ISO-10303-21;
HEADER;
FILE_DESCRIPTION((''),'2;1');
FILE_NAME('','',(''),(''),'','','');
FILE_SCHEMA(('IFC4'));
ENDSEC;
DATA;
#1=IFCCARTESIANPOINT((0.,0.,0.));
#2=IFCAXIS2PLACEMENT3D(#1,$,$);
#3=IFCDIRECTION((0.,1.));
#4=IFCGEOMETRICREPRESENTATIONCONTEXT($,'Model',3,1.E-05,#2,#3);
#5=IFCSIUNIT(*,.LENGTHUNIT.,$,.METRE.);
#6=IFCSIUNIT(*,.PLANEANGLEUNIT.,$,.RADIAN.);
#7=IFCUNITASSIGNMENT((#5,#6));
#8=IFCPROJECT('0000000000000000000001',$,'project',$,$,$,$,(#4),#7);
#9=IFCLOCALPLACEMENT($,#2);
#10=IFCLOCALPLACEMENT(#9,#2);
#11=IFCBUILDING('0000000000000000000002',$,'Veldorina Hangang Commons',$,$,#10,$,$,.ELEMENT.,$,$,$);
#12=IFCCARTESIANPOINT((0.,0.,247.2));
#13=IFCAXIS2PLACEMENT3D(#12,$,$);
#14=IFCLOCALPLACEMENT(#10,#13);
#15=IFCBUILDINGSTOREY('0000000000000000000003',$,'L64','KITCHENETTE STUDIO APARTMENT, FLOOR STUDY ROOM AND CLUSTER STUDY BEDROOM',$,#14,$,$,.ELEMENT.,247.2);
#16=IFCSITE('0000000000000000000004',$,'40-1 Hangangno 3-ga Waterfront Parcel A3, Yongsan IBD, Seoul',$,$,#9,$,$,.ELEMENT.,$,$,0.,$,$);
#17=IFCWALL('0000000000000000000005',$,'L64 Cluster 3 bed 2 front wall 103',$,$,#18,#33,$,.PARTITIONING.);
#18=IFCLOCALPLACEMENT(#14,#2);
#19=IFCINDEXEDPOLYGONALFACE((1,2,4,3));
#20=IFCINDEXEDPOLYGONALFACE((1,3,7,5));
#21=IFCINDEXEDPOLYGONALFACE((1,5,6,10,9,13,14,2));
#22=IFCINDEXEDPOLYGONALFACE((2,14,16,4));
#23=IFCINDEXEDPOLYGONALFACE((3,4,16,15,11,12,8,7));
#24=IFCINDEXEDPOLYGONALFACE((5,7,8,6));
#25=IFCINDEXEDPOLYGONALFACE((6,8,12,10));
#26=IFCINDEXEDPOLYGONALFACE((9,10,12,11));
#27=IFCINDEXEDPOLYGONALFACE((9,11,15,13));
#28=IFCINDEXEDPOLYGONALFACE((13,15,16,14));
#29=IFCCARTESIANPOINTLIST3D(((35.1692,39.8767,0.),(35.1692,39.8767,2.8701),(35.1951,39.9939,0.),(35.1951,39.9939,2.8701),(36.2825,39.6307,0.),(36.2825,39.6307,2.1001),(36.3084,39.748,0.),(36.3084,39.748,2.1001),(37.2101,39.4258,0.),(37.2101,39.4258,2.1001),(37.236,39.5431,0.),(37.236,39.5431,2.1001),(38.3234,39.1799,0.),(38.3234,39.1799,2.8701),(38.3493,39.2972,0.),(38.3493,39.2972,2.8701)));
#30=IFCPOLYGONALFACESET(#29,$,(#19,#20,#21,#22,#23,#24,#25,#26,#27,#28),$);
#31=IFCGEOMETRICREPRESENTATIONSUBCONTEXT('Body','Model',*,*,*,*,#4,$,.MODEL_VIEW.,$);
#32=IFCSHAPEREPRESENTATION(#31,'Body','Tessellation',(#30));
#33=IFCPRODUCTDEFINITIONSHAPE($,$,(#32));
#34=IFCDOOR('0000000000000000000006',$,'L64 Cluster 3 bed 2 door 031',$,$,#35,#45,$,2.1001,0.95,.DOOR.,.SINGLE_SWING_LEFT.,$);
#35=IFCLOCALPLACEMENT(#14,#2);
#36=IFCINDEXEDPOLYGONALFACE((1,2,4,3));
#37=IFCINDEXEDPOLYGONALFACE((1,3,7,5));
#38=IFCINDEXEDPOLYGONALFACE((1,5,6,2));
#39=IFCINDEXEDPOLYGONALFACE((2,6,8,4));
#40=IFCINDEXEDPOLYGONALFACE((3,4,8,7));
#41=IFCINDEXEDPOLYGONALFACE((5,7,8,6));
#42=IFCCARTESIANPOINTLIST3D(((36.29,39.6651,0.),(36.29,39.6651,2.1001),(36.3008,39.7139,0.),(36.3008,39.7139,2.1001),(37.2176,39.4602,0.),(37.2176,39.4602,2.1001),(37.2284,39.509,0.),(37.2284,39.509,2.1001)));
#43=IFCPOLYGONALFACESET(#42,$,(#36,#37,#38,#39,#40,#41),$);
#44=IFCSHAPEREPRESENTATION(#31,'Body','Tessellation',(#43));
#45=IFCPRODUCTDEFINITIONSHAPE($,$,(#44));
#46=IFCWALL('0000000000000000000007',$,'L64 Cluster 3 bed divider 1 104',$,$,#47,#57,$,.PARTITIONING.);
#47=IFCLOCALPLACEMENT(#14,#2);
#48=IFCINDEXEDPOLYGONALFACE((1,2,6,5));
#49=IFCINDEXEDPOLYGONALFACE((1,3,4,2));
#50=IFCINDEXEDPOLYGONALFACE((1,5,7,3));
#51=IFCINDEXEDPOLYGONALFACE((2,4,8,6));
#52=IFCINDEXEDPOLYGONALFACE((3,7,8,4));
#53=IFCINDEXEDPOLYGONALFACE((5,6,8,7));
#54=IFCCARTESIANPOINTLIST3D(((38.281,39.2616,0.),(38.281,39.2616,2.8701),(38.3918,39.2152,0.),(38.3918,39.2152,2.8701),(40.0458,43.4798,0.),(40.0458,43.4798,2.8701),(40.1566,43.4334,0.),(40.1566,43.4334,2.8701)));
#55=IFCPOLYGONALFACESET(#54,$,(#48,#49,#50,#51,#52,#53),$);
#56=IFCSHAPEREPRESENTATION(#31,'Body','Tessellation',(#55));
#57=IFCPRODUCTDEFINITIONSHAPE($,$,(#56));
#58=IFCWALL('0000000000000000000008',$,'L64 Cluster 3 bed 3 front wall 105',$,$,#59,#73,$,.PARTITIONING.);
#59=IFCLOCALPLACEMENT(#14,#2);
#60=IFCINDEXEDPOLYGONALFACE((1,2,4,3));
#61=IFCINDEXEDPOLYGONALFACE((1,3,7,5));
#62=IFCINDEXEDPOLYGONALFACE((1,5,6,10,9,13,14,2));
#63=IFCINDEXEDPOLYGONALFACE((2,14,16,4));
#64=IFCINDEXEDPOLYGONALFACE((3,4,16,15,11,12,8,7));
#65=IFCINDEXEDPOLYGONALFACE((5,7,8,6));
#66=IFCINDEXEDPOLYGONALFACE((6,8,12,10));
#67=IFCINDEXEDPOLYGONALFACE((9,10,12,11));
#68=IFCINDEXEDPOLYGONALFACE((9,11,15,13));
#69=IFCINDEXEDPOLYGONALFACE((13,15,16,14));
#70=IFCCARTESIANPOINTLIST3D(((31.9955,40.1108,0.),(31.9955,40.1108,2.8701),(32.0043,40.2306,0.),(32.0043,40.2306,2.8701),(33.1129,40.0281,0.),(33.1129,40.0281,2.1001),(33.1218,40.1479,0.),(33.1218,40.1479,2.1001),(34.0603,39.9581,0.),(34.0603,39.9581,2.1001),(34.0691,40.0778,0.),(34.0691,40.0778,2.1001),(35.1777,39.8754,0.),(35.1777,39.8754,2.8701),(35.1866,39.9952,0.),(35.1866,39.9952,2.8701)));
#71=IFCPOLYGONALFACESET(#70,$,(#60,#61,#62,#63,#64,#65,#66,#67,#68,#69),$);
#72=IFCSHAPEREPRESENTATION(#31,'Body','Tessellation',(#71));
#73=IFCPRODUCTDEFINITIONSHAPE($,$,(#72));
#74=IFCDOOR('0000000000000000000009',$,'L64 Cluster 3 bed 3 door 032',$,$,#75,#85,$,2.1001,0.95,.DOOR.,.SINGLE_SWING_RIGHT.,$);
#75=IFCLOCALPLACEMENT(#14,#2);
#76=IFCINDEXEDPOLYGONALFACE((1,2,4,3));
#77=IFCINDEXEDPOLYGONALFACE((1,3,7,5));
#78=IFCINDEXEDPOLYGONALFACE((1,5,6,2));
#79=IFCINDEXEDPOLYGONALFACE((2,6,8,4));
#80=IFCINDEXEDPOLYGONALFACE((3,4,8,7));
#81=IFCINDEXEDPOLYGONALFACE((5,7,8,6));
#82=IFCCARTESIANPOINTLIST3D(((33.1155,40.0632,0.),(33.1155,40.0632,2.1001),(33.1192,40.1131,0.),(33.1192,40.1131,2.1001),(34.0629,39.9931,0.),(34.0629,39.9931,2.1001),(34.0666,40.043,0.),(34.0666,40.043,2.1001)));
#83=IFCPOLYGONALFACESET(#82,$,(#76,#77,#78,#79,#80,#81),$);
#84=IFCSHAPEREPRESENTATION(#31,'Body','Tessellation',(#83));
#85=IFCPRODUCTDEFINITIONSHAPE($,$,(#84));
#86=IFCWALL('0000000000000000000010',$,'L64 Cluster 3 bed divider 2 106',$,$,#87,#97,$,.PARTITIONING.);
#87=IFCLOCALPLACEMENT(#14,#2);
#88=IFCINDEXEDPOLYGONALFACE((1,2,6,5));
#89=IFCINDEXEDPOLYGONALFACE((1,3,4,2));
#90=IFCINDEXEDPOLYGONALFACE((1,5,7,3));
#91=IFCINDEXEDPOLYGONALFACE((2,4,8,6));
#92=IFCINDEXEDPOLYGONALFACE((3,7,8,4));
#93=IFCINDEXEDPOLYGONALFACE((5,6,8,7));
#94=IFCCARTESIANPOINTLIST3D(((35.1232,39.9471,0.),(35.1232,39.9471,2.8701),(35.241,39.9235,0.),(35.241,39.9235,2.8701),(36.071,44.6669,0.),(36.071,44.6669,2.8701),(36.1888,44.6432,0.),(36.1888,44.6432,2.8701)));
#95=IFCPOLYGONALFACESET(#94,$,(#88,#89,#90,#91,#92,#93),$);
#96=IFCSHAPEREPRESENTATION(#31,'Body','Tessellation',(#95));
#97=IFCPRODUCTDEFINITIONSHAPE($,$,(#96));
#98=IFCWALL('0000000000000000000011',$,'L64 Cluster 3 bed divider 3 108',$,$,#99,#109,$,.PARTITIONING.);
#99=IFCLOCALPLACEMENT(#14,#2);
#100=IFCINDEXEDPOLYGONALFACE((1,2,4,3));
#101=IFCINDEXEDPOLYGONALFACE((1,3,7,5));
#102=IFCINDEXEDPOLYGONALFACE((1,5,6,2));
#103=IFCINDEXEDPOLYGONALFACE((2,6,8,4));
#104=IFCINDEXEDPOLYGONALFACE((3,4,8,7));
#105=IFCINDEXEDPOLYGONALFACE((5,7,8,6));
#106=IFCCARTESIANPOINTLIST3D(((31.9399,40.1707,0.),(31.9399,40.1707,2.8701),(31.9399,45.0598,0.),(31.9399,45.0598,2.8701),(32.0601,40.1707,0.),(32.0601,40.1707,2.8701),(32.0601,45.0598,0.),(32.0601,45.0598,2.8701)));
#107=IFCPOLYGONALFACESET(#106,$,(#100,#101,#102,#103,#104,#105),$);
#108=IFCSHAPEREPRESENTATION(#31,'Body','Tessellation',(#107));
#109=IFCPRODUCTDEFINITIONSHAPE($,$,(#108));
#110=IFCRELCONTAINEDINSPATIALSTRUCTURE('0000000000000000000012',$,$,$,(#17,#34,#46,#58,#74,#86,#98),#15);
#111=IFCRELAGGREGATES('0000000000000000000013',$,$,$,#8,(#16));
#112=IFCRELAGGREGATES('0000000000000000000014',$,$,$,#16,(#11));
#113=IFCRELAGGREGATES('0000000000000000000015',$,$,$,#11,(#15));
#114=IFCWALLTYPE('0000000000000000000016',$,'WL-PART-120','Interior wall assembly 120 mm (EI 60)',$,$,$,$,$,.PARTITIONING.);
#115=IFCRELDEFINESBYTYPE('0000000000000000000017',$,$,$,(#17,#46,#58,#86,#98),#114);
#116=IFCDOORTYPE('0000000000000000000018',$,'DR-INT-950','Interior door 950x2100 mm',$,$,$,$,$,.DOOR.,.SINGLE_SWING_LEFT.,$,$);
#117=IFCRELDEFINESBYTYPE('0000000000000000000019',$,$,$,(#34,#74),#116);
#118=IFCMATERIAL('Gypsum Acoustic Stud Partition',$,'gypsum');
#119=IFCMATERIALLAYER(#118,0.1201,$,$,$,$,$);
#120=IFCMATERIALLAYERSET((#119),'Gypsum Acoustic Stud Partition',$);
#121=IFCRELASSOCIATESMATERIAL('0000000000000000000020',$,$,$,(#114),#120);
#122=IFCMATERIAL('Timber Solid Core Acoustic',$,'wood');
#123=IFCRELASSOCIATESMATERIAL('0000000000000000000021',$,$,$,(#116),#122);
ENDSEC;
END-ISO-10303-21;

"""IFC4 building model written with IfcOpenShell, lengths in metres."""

from ifc_helpers import new_model, si_unit, direction, frame, frame_2d, origin, place, context, subcontext, project, spatial, rectangle, extrude, material, layer, layer_set, type_object, element, fill, save


model = new_model("IFC4")

# Units and contexts
model_context = context("Model", 3, precision=1e-05, world=origin(), true_north=direction((0.0, 1.0)))
body_context = subcontext(model_context, "Body", "Model", "MODEL_VIEW")
ifc_project = project(units=[si_unit("LENGTHUNIT", "METRE"), si_unit("PLANEANGLEUNIT", "RADIAN")], contexts=[model_context])

# Site, building, storey
site_placement = place(None, origin())
site = spatial("IfcSite", under=ifc_project, at=site_placement, Name="40-1 Hangangno 3-ga Waterfront Parcel A3, Yongsan IBD, Seoul", CompositionType="ELEMENT", RefElevation=0.0)
building_placement = place(site_placement, origin())
building = spatial("IfcBuilding", under=site, at=building_placement, Name="Veldorina Hangang Commons", CompositionType="ELEMENT")
storey_placement = place(building_placement, frame((0.0, 0.0, 247.2)))
storey = spatial("IfcBuildingStorey", under=building, at=storey_placement, Name="L64", Description="KITCHENETTE STUDIO APARTMENT, FLOOR STUDY ROOM AND CLUSTER STUDY BEDROOM", CompositionType="ELEMENT", Elevation=247.2)

# Shared definitions
ifc_material_1 = material(Name="Gypsum Acoustic Stud Partition", Category="gypsum")
ifc_layer_1 = layer(ifc_material_1, 0.1201)
ifc_layer_set_1 = layer_set([ifc_layer_1], Name="Gypsum Acoustic Stud Partition")
wall_type_1 = type_object("IfcWallType", Name="WL-PART-120", Description="Interior wall assembly 120 mm (EI 60)", PredefinedType="PARTITIONING", material=ifc_layer_set_1)

# Wall, opening, door
ifc_material_2 = material(Name="Timber Solid Core Acoustic", Category="wood")
door_type_1 = type_object("IfcDoorType", Name="DR-INT-950", Description="Interior door 950x2100 mm", OperationType="SINGLE_SWING_LEFT", PredefinedType="DOOR", material=ifc_material_2)
wall_1_placement = place(storey_placement, frame((38.3364, 39.2385, 0.0), z_axis=(0.0, 0.0, 1.0), x_axis=(-0.97646, 0.215698, 0.0)))
wall_1 = element("IfcWall", 1, at=wall_1_placement, inside=storey, type_object=wall_type_1, Name="L64 Cluster 3 bed 2 front wall 103", PredefinedType="PARTITIONING", context=body_context, shape_type="SweptSolid", body=[
    extrude(rectangle(XDim=3.2302, YDim=0.1201, at=frame_2d((1.6152, 0.0))), origin(), (0.0, 0.0, 1.0), 2.8701),
])
opening_1_placement = place(wall_1_placement, frame((1.1401, 0.0, 0.0)))
opening_1 = element("IfcOpeningElement", 2, at=opening_1_placement, cuts=wall_1, PredefinedType="OPENING", context=body_context, shape_type="SweptSolid", body=[
    extrude(rectangle(XDim=0.95, YDim=2.1001, at=frame_2d((0.4751, 1.05))), frame((0.0, 0.0701, 0.0), z_axis=(0.0, -1.0, 0.0), x_axis=(1.0, 0.0, 0.0)), (0.0, 0.0, 1.0), 0.1401),
])
door_1_placement = place(opening_1_placement, origin())
door_1 = element("IfcDoor", 3, at=door_1_placement, inside=storey, type_object=door_type_1, Name="L64 Cluster 3 bed 2 door 031", OperationType="SINGLE_SWING_LEFT", OverallHeight=2.1001, OverallWidth=0.95, PredefinedType="DOOR", context=body_context, shape_type="SweptSolid", body=[
    extrude(rectangle(XDim=0.95, YDim=2.1001, at=frame_2d((0.4751, 1.05))), frame((0.0, 0.0249, 0.0), z_axis=(0.0, -1.0, 0.0), x_axis=(1.0, 0.0, 0.0)), (0.0, 0.0, 1.0), 0.05),
])
fill(opening_1, door_1)

# Wall
wall_2_placement = place(storey_placement, frame((38.3364, 39.2385, 0.0), z_axis=(0.0, 0.0, 1.0), x_axis=(0.385972, 0.92251, 0.0)))
element("IfcWall", 4, at=wall_2_placement, inside=storey, type_object=wall_type_1, Name="L64 Cluster 3 bed divider 1 104", PredefinedType="PARTITIONING", context=body_context, shape_type="SweptSolid", body=[
    extrude(rectangle(XDim=4.5725, YDim=0.1201, at=frame_2d((2.2861, 0.0))), origin(), (0.0, 0.0, 1.0), 2.8701),
])

# Wall, opening, door
wall_3_placement = place(storey_placement, frame((35.1821, 39.9353, 0.0), z_axis=(0.0, 0.0, 1.0), x_axis=(-0.997276, 0.073759, 0.0)))
wall_3 = element("IfcWall", 5, at=wall_3_placement, inside=storey, type_object=wall_type_1, Name="L64 Cluster 3 bed 3 front wall 105", PredefinedType="PARTITIONING", context=body_context, shape_type="SweptSolid", body=[
    extrude(rectangle(XDim=3.1909, YDim=0.1201, at=frame_2d((1.5955, 0.0))), origin(), (0.0, 0.0, 1.0), 2.8701),
])
opening_2_placement = place(wall_3_placement, frame((1.1204, 0.0, 0.0)))
opening_2 = element("IfcOpeningElement", 6, at=opening_2_placement, cuts=wall_3, PredefinedType="OPENING", context=body_context, shape_type="SweptSolid", body=[
    extrude(rectangle(XDim=0.95, YDim=2.1001, at=frame_2d((0.4751, 1.05))), frame((0.0, 0.0701, 0.0), z_axis=(0.0, -1.0, 0.0), x_axis=(1.0, 0.0, 0.0)), (0.0, 0.0, 1.0), 0.1401),
])
door_2_placement = place(opening_2_placement, origin())
door_2 = element("IfcDoor", 7, at=door_2_placement, inside=storey, type_object=door_type_1, Name="L64 Cluster 3 bed 3 door 032", OperationType="SINGLE_SWING_RIGHT", OverallHeight=2.1001, OverallWidth=0.95, PredefinedType="DOOR", context=body_context, shape_type="SweptSolid", body=[
    extrude(rectangle(XDim=0.95, YDim=2.1001, at=frame_2d((0.4751, 1.05))), frame((0.0, 0.0249, 0.0), z_axis=(0.0, -1.0, 0.0), x_axis=(1.0, 0.0, 0.0)), (0.0, 0.0, 1.0), 0.05),
])
fill(opening_2, door_2)

# Walls
wall_4_placement = place(storey_placement, frame((35.1821, 39.9353, 0.0), z_axis=(0.0, 0.0, 1.0), x_axis=(0.196877, 0.980428, 0.0)))
element("IfcWall", 8, at=wall_4_placement, inside=storey, type_object=wall_type_1, Name="L64 Cluster 3 bed divider 2 106", PredefinedType="PARTITIONING", context=body_context, shape_type="SweptSolid", body=[
    extrude(rectangle(XDim=4.814, YDim=0.1201, at=frame_2d((2.407, 0.0))), origin(), (0.0, 0.0, 1.0), 2.8701),
])
wall_5_placement = place(storey_placement, frame((32.0, 40.1707, 0.0), z_axis=(0.0, 0.0, 1.0), x_axis=(0.0, 1.0, 0.0)))
element("IfcWall", 9, at=wall_5_placement, inside=storey, type_object=wall_type_1, Name="L64 Cluster 3 bed divider 3 108", PredefinedType="PARTITIONING", context=body_context, shape_type="SweptSolid", body=[
    extrude(rectangle(XDim=4.8892, YDim=0.1201, at=frame_2d((2.4446, 0.0))), origin(), (0.0, 0.0, 1.0), 2.8701),
])

save(model, "model.ifc")
